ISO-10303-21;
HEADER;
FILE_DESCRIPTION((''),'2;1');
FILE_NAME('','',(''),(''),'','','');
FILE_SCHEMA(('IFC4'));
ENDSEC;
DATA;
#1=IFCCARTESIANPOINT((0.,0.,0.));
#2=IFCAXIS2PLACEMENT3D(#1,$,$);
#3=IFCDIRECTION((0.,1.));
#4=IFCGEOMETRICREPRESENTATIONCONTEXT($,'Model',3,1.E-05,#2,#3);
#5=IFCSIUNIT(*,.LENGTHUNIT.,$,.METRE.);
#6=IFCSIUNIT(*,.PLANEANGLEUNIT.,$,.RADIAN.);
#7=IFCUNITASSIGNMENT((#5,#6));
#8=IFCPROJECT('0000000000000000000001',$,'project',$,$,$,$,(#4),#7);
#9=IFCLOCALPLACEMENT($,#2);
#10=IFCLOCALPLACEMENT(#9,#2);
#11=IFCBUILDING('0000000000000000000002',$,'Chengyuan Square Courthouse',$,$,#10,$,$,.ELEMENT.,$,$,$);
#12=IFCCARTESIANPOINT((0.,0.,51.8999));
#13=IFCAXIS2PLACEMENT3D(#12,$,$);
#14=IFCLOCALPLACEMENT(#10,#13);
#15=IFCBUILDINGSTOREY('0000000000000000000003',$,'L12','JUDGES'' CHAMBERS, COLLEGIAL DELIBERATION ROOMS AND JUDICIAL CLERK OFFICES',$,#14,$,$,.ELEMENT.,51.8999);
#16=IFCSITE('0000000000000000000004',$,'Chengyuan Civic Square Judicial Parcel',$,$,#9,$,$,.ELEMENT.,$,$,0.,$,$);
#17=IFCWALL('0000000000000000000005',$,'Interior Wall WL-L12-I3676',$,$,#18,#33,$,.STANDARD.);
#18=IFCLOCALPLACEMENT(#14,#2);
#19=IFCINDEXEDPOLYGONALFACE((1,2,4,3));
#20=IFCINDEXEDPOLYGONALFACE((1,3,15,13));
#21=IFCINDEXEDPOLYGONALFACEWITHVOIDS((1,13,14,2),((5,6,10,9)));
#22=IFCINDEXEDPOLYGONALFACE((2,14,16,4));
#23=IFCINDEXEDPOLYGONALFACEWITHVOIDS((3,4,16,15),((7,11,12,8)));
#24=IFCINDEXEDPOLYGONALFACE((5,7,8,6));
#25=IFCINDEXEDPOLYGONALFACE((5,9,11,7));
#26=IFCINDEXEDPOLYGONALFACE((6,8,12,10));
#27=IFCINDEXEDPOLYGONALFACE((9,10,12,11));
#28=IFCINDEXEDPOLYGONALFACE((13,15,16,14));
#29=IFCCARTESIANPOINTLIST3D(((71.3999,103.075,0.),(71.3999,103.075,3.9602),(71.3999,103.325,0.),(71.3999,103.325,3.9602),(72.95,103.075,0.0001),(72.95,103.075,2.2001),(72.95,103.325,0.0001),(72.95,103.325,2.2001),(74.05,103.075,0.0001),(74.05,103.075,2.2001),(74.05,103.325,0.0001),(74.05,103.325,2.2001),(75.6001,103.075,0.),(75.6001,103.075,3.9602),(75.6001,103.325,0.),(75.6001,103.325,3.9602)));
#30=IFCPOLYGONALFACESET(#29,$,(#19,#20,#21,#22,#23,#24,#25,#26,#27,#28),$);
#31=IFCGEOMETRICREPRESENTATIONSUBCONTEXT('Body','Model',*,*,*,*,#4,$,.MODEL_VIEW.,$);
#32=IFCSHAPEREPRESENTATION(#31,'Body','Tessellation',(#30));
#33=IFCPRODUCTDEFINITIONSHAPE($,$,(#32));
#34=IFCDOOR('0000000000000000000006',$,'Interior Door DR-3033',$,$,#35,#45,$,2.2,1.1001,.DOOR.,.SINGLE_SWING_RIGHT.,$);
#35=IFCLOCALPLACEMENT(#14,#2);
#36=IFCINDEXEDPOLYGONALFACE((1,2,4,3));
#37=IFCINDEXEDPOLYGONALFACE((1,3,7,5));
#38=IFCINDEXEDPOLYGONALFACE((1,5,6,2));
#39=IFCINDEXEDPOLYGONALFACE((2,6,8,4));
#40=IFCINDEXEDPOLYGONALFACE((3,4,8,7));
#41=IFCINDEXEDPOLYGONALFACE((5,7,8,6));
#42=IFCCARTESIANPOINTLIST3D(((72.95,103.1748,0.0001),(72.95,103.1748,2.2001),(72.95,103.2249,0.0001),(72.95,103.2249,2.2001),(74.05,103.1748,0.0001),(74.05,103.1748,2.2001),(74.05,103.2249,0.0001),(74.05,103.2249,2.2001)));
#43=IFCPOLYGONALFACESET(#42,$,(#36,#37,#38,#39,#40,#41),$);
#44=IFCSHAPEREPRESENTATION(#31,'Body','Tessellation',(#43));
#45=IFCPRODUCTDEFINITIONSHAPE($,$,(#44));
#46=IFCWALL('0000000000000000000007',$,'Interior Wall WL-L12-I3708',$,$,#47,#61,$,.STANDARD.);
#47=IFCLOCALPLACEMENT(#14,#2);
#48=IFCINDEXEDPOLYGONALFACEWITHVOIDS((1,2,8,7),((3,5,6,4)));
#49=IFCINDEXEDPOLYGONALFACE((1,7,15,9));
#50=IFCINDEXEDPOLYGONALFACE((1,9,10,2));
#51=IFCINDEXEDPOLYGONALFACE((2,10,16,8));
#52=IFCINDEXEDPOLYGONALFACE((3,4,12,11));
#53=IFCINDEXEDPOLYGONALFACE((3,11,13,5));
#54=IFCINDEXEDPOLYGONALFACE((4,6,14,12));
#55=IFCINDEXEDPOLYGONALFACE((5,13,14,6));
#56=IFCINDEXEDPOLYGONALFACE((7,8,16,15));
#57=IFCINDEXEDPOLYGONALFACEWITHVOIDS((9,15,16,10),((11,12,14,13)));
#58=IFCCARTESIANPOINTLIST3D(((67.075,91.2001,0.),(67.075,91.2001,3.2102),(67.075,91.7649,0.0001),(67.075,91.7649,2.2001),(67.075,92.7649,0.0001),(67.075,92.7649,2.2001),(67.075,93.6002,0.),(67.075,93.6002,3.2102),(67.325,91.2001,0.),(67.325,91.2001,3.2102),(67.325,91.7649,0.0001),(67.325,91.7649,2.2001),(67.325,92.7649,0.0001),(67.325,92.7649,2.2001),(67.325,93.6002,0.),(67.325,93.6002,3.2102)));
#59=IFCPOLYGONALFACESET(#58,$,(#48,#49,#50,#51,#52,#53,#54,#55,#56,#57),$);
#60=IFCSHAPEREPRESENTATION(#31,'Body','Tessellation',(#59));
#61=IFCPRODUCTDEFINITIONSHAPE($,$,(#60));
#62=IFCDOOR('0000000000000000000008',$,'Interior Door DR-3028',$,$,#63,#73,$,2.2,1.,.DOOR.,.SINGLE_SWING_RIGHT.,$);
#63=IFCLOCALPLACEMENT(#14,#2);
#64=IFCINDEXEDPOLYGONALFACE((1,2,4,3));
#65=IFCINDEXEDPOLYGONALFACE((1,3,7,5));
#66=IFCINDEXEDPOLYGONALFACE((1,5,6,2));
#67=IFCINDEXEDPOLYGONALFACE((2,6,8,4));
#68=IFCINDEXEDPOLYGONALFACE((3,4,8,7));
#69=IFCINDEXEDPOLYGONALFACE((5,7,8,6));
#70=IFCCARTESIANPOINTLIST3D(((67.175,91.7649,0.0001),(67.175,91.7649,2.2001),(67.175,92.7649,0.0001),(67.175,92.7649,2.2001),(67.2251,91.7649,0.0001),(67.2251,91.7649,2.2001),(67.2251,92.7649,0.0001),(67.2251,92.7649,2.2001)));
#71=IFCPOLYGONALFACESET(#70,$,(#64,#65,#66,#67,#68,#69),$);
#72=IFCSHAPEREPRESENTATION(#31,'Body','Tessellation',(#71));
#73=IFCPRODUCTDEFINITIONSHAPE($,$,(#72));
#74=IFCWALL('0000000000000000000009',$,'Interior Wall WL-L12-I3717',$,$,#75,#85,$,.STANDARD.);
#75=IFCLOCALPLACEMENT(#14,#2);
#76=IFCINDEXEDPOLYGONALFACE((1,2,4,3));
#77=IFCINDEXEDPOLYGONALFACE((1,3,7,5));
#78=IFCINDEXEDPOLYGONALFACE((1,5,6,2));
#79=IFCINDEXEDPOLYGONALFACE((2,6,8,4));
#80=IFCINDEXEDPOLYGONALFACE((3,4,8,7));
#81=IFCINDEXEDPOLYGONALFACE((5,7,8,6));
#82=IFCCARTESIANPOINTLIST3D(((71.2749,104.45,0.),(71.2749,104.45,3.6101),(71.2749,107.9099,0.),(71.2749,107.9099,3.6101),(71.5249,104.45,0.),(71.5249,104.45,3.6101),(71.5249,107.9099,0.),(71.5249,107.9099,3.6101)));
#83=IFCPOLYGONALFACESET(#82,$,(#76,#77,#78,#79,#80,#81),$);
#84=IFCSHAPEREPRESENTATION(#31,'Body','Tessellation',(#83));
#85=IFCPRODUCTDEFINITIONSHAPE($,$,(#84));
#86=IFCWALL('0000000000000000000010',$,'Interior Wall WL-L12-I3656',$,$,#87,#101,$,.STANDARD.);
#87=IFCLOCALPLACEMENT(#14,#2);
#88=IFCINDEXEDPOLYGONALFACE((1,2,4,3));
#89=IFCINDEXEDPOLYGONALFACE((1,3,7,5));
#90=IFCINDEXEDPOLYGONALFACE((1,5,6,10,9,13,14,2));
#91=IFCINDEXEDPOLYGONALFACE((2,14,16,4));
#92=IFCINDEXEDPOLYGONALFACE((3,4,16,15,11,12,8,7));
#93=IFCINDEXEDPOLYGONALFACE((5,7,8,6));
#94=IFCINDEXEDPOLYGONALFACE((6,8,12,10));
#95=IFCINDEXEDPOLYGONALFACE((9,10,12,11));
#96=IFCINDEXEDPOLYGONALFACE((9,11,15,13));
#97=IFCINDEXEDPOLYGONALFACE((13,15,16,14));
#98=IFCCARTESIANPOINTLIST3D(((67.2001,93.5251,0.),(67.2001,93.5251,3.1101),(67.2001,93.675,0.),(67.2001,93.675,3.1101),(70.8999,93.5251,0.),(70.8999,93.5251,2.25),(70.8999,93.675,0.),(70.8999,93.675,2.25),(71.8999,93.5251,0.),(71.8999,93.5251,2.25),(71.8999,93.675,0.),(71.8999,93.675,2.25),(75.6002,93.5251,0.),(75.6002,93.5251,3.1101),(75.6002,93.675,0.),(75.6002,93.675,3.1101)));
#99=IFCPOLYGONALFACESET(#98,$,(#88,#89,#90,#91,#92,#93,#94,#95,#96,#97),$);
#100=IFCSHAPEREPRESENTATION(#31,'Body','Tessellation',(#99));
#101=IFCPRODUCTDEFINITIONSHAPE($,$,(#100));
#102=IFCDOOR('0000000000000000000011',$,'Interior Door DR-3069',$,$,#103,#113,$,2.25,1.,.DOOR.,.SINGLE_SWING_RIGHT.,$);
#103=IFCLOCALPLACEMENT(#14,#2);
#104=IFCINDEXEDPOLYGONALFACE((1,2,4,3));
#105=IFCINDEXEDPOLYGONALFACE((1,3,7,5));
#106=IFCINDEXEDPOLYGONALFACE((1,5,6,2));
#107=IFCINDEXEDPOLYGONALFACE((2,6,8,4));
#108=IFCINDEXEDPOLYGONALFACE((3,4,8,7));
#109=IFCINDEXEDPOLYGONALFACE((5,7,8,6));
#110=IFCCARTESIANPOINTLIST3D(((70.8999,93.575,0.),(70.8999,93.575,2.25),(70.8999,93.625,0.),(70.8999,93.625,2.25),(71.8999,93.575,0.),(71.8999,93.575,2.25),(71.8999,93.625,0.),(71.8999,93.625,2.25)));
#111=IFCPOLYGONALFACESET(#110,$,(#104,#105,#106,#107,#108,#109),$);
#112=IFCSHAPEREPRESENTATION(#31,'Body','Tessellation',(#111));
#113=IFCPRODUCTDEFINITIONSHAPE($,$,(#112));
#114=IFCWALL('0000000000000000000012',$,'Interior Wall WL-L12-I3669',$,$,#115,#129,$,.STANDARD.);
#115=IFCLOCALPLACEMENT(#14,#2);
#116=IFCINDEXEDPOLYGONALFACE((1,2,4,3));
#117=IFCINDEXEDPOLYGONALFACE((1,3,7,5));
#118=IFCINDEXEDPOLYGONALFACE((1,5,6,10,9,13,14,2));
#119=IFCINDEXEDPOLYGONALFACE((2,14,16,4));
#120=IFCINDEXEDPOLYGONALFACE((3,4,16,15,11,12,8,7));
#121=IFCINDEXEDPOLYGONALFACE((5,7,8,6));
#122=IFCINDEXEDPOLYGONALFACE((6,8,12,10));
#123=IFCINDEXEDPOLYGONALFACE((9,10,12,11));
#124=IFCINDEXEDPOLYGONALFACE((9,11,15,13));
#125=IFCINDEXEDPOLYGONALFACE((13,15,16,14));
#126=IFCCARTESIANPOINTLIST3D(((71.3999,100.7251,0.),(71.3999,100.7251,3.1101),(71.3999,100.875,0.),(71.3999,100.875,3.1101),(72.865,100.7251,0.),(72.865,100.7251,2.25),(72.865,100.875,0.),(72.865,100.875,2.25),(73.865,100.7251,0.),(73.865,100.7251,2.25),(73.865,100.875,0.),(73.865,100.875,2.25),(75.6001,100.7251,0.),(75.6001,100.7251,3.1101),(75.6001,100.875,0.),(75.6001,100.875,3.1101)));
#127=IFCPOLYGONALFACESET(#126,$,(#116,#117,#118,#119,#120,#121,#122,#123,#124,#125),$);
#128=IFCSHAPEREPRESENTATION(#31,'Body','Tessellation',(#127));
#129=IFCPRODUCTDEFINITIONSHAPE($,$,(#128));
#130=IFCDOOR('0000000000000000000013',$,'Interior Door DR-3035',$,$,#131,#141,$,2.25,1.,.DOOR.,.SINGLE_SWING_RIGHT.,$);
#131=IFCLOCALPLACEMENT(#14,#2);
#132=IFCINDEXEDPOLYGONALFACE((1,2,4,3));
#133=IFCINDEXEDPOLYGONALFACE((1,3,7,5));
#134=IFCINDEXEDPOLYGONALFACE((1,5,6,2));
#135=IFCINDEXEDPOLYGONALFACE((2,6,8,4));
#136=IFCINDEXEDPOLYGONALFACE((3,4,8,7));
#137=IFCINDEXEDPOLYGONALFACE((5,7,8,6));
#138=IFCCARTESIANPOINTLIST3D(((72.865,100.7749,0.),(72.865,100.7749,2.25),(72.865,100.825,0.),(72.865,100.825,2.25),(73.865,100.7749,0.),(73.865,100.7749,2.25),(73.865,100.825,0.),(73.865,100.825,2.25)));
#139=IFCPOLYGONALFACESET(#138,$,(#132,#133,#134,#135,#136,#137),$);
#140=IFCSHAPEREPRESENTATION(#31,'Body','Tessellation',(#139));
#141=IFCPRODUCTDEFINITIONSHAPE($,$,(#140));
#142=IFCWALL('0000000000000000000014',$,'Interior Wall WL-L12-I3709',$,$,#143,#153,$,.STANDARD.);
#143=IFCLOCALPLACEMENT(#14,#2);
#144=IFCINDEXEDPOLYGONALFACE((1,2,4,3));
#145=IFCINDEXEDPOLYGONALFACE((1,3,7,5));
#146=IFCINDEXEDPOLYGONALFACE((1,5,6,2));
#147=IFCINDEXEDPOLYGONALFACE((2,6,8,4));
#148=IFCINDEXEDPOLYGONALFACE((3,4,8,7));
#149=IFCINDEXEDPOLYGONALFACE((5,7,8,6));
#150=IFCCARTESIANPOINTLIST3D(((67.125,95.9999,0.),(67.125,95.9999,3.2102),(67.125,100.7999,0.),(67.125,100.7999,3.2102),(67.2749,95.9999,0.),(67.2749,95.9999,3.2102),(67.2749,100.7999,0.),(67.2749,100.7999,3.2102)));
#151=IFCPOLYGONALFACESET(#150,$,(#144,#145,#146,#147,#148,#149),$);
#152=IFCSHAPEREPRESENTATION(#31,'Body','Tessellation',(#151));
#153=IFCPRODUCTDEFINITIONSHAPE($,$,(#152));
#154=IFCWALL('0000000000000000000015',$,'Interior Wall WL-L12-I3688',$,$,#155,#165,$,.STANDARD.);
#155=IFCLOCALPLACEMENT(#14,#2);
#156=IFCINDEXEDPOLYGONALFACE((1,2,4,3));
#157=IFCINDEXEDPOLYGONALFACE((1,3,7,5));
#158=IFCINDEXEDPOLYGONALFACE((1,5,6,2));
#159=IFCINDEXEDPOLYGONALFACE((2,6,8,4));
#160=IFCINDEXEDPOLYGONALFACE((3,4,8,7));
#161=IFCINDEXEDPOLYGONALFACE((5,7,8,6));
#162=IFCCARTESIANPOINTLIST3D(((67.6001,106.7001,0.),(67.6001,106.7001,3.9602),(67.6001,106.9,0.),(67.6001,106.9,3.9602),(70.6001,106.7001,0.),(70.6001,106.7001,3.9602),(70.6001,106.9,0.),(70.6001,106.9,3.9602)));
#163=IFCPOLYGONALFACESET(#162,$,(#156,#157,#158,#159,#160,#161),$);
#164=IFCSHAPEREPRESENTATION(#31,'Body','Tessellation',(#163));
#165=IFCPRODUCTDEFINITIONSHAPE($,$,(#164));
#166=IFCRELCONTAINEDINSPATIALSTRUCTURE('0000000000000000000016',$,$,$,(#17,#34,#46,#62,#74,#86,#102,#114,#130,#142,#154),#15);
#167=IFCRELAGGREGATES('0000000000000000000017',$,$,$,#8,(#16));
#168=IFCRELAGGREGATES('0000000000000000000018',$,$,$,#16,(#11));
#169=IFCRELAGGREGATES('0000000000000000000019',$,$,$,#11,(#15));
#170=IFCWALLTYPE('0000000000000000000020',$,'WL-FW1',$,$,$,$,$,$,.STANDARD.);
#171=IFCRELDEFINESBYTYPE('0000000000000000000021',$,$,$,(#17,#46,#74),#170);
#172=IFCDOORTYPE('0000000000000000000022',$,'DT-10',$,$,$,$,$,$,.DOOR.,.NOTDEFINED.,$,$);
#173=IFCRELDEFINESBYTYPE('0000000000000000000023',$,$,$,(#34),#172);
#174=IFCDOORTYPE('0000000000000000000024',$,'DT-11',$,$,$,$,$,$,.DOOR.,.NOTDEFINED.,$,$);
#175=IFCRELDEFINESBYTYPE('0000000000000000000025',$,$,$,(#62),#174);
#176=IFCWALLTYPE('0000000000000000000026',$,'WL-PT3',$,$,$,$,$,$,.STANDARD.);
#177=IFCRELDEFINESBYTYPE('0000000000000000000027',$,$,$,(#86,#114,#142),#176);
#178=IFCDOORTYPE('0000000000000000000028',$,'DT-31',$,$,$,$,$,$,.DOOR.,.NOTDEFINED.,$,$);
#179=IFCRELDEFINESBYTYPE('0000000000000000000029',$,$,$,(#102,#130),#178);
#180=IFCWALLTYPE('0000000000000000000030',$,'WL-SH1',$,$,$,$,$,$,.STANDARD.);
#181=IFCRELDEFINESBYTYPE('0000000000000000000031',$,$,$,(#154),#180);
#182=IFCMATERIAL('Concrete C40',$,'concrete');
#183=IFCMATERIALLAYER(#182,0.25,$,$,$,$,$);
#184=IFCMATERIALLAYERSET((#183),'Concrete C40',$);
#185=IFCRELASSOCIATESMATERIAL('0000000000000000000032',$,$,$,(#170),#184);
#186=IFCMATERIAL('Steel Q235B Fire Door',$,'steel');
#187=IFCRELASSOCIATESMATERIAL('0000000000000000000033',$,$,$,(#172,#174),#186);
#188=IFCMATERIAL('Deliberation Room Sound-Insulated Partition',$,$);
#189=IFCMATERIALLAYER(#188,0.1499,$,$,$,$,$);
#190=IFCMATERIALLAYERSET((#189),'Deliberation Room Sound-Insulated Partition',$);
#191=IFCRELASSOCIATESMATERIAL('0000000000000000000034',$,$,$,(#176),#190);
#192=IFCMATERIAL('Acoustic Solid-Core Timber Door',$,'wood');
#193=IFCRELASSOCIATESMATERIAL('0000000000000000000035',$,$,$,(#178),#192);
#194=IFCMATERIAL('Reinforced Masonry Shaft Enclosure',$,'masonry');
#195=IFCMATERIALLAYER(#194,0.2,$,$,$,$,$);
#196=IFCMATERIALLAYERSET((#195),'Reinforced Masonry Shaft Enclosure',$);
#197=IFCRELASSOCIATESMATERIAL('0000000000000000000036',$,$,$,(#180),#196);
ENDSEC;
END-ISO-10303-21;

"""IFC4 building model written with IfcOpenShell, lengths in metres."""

from ifc_helpers import new_model, si_unit, direction, frame, frame_2d, origin, place, context, subcontext, project, spatial, rectangle, extrude, material, layer, layer_set, type_object, element, fill, save


model = new_model("IFC4")

# Units and contexts
model_context = context("Model", 3, precision=1e-05, world=origin(), true_north=direction((0.0, 1.0)))
body_context = subcontext(model_context, "Body", "Model", "MODEL_VIEW")
ifc_project = project(units=[si_unit("LENGTHUNIT", "METRE"), si_unit("PLANEANGLEUNIT", "RADIAN")], contexts=[model_context])

# Site, building, storey
site_placement = place(None, origin())
site = spatial("IfcSite", under=ifc_project, at=site_placement, Name="Chengyuan Civic Square Judicial Parcel", CompositionType="ELEMENT", RefElevation=0.0)
building_placement = place(site_placement, origin())
building = spatial("IfcBuilding", under=site, at=building_placement, Name="Chengyuan Square Courthouse", CompositionType="ELEMENT")
storey_placement = place(building_placement, frame((0.0, 0.0, 51.8999)))
storey = spatial("IfcBuildingStorey", under=building, at=storey_placement, Name="L12", Description="JUDGES' CHAMBERS, COLLEGIAL DELIBERATION ROOMS AND JUDICIAL CLERK OFFICES", CompositionType="ELEMENT", Elevation=51.8999)

# Shared definitions
ifc_material_1 = material(Name="Concrete C40", Category="concrete")

# Walls, openings, doors
ifc_layer_1 = layer(ifc_material_1, 0.25)
ifc_layer_set_1 = layer_set([ifc_layer_1], Name="Concrete C40")
wall_type_1 = type_object("IfcWallType", Name="WL-FW1", PredefinedType="STANDARD", material=ifc_layer_set_1)
wall_1_placement = place(storey_placement, frame((71.3999, 103.2, 0.0), z_axis=(0.0, 0.0, 1.0), x_axis=(1.0, 0.0, 0.0)))
wall_1 = element("IfcWall", 1, at=wall_1_placement, inside=storey, type_object=wall_type_1, Name="Interior Wall WL-L12-I3676", PredefinedType="STANDARD", context=body_context, shape_type="SweptSolid", body=[
    extrude(rectangle(XDim=4.2002, YDim=0.25, at=frame_2d((2.1001, 0.0))), origin(), (0.0, 0.0, 1.0), 3.9602),
])
opening_1_placement = place(wall_1_placement, frame((1.55, 0.0, 0.0)))
opening_1 = element("IfcOpeningElement", 2, at=opening_1_placement, cuts=wall_1, PredefinedType="OPENING", context=body_context, shape_type="SweptSolid", body=[
    extrude(rectangle(XDim=1.1001, YDim=2.2, at=frame_2d((0.55, 1.1001))), frame((0.0, 0.137, 0.0), z_axis=(0.0, -1.0, 0.0), x_axis=(1.0, 0.0, 0.0)), (0.0, 0.0, 1.0), 0.2739),
])
ifc_material_2 = material(Name="Steel Q235B Fire Door", Category="steel")
door_type_1 = type_object("IfcDoorType", Name="DT-10", OperationType="NOTDEFINED", PredefinedType="DOOR", material=ifc_material_2)
door_1_placement = place(opening_1_placement, origin())
door_1 = element("IfcDoor", 3, at=door_1_placement, inside=storey, type_object=door_type_1, Name="Interior Door DR-3033", OperationType="SINGLE_SWING_RIGHT", OverallHeight=2.2, OverallWidth=1.1001, PredefinedType="DOOR", context=body_context, shape_type="SweptSolid", body=[
    extrude(rectangle(XDim=1.1001, YDim=2.2, at=frame_2d((0.55, 1.1001))), frame((0.0, 0.0249, 0.0), z_axis=(0.0, -1.0, 0.0), x_axis=(1.0, 0.0, 0.0)), (0.0, 0.0, 1.0), 0.05),
])
fill(opening_1, door_1)
wall_2_placement = place(storey_placement, frame((67.2, 91.2, 0.0), z_axis=(0.0, 0.0, 1.0), x_axis=(0.0, 1.0, 0.0)))
wall_2 = element("IfcWall", 4, at=wall_2_placement, inside=storey, type_object=wall_type_1, Name="Interior Wall WL-L12-I3708", PredefinedType="STANDARD", context=body_context, shape_type="SweptSolid", body=[
    extrude(rectangle(XDim=2.4001, YDim=0.25, at=frame_2d((1.2002, 0.0))), origin(), (0.0, 0.0, 1.0), 3.2102),
])
opening_2_placement = place(wall_2_placement, frame((0.5649, 0.0, 0.0)))
opening_2 = element("IfcOpeningElement", 5, at=opening_2_placement, cuts=wall_2, PredefinedType="OPENING", context=body_context, shape_type="SweptSolid", body=[
    extrude(rectangle(XDim=1.0, YDim=2.2, at=frame_2d((0.5, 1.1001))), frame((0.0, 0.137, 0.0), z_axis=(0.0, -1.0, 0.0), x_axis=(1.0, 0.0, 0.0)), (0.0, 0.0, 1.0), 0.2739),
])
door_type_2 = type_object("IfcDoorType", Name="DT-11", OperationType="NOTDEFINED", PredefinedType="DOOR", material=ifc_material_2)
door_2_placement = place(opening_2_placement, origin())
door_2 = element("IfcDoor", 6, at=door_2_placement, inside=storey, type_object=door_type_2, Name="Interior Door DR-3028", OperationType="SINGLE_SWING_RIGHT", OverallHeight=2.2, OverallWidth=1.0, PredefinedType="DOOR", context=body_context, shape_type="SweptSolid", body=[
    extrude(rectangle(XDim=1.0, YDim=2.2, at=frame_2d((0.5, 1.1001))), frame((0.0, 0.0249, 0.0), z_axis=(0.0, -1.0, 0.0), x_axis=(1.0, 0.0, 0.0)), (0.0, 0.0, 1.0), 0.05),
])
fill(opening_2, door_2)

# Wall
wall_3_placement = place(storey_placement, frame((71.3999, 104.45, 0.0), z_axis=(0.0, 0.0, 1.0), x_axis=(0.0, 1.0, 0.0)))
element("IfcWall", 7, at=wall_3_placement, inside=storey, type_object=wall_type_1, Name="Interior Wall WL-L12-I3717", PredefinedType="STANDARD", context=body_context, shape_type="SweptSolid", body=[
    extrude(rectangle(XDim=3.46, YDim=0.25, at=frame_2d((1.73, 0.0))), origin(), (0.0, 0.0, 1.0), 3.6101),
])

# Walls, openings, doors
ifc_material_3 = material(Name="Deliberation Room Sound-Insulated Partition")
ifc_layer_2 = layer(ifc_material_3, 0.1499)
ifc_layer_set_2 = layer_set([ifc_layer_2], Name="Deliberation Room Sound-Insulated Partition")
wall_type_2 = type_object("IfcWallType", Name="WL-PT3", PredefinedType="STANDARD", material=ifc_layer_set_2)
wall_4_placement = place(storey_placement, frame((67.2, 93.6001, 0.0), z_axis=(0.0, 0.0, 1.0), x_axis=(1.0, 0.0, 0.0)))
wall_4 = element("IfcWall", 8, at=wall_4_placement, inside=storey, type_object=wall_type_2, Name="Interior Wall WL-L12-I3656", PredefinedType="STANDARD", context=body_context, shape_type="SweptSolid", body=[
    extrude(rectangle(XDim=8.4001, YDim=0.1499, at=frame_2d((4.2002, 0.0))), origin(), (0.0, 0.0, 1.0), 3.1101),
])
opening_3_placement = place(wall_4_placement, frame((3.7, 0.0, 0.0)))
opening_3 = element("IfcOpeningElement", 9, at=opening_3_placement, cuts=wall_4, PredefinedType="OPENING", context=body_context, shape_type="SweptSolid", body=[
    extrude(rectangle(XDim=1.0, YDim=2.25, at=frame_2d((0.5, 1.125))), frame((0.0, 0.0869, 0.0), z_axis=(0.0, -1.0, 0.0), x_axis=(1.0, 0.0, 0.0)), (0.0, 0.0, 1.0), 0.1738),
])
ifc_material_4 = material(Name="Acoustic Solid-Core Timber Door", Category="wood")
door_type_3 = type_object("IfcDoorType", Name="DT-31", OperationType="NOTDEFINED", PredefinedType="DOOR", material=ifc_material_4)
door_3_placement = place(opening_3_placement, origin())
door_3 = element("IfcDoor", 10, at=door_3_placement, inside=storey, type_object=door_type_3, Name="Interior Door DR-3069", OperationType="SINGLE_SWING_RIGHT", OverallHeight=2.25, OverallWidth=1.0, PredefinedType="DOOR", context=body_context, shape_type="SweptSolid", body=[
    extrude(rectangle(XDim=1.0, YDim=2.25, at=frame_2d((0.5, 1.125))), frame((0.0, 0.0249, 0.0), z_axis=(0.0, -1.0, 0.0), x_axis=(1.0, 0.0, 0.0)), (0.0, 0.0, 1.0), 0.05),
])
fill(opening_3, door_3)
wall_5_placement = place(storey_placement, frame((71.3999, 100.8, 0.0), z_axis=(0.0, 0.0, 1.0), x_axis=(1.0, 0.0, 0.0)))
wall_5 = element("IfcWall", 11, at=wall_5_placement, inside=storey, type_object=wall_type_2, Name="Interior Wall WL-L12-I3669", PredefinedType="STANDARD", context=body_context, shape_type="SweptSolid", body=[
    extrude(rectangle(XDim=4.2002, YDim=0.1499, at=frame_2d((2.1001, 0.0))), origin(), (0.0, 0.0, 1.0), 3.1101),
])
opening_4_placement = place(wall_5_placement, frame((1.4651, 0.0, 0.0)))
opening_4 = element("IfcOpeningElement", 12, at=opening_4_placement, cuts=wall_5, PredefinedType="OPENING", context=body_context, shape_type="SweptSolid", body=[
    extrude(rectangle(XDim=1.0, YDim=2.25, at=frame_2d((0.5, 1.125))), frame((0.0, 0.0869, 0.0), z_axis=(0.0, -1.0, 0.0), x_axis=(1.0, 0.0, 0.0)), (0.0, 0.0, 1.0), 0.1738),
])
door_4_placement = place(opening_4_placement, origin())
door_4 = element("IfcDoor", 13, at=door_4_placement, inside=storey, type_object=door_type_3, Name="Interior Door DR-3035", OperationType="SINGLE_SWING_RIGHT", OverallHeight=2.25, OverallWidth=1.0, PredefinedType="DOOR", context=body_context, shape_type="SweptSolid", body=[
    extrude(rectangle(XDim=1.0, YDim=2.25, at=frame_2d((0.5, 1.125))), frame((0.0, 0.0249, 0.0), z_axis=(0.0, -1.0, 0.0), x_axis=(1.0, 0.0, 0.0)), (0.0, 0.0, 1.0), 0.05),
])
fill(opening_4, door_4)

# Wall
wall_6_placement = place(storey_placement, frame((67.2, 96.0, 0.0), z_axis=(0.0, 0.0, 1.0), x_axis=(0.0, 1.0, 0.0)))
element("IfcWall", 14, at=wall_6_placement, inside=storey, type_object=wall_type_2, Name="Interior Wall WL-L12-I3709", PredefinedType="STANDARD", context=body_context, shape_type="SweptSolid", body=[
    extrude(rectangle(XDim=4.8, YDim=0.1499, at=frame_2d((2.3999, 0.0))), origin(), (0.0, 0.0, 1.0), 3.2102),
])

# Shared definitions
ifc_material_5 = material(Name="Reinforced Masonry Shaft Enclosure", Category="masonry")
ifc_layer_3 = layer(ifc_material_5, 0.2)
ifc_layer_set_3 = layer_set([ifc_layer_3], Name="Reinforced Masonry Shaft Enclosure")
wall_type_3 = type_object("IfcWallType", Name="WL-SH1", PredefinedType="STANDARD", material=ifc_layer_set_3)

# Wall
wall_7_placement = place(storey_placement, frame((67.6001, 106.8, 0.0), z_axis=(0.0, 0.0, 1.0), x_axis=(1.0, 0.0, 0.0)))
element("IfcWall", 15, at=wall_7_placement, inside=storey, type_object=wall_type_3, Name="Interior Wall WL-L12-I3688", PredefinedType="STANDARD", context=body_context, shape_type="SweptSolid", body=[
    extrude(rectangle(XDim=3.0, YDim=0.2, at=frame_2d((1.5, 0.0))), origin(), (0.0, 0.0, 1.0), 3.9602),
])

save(model, "model.ifc")
